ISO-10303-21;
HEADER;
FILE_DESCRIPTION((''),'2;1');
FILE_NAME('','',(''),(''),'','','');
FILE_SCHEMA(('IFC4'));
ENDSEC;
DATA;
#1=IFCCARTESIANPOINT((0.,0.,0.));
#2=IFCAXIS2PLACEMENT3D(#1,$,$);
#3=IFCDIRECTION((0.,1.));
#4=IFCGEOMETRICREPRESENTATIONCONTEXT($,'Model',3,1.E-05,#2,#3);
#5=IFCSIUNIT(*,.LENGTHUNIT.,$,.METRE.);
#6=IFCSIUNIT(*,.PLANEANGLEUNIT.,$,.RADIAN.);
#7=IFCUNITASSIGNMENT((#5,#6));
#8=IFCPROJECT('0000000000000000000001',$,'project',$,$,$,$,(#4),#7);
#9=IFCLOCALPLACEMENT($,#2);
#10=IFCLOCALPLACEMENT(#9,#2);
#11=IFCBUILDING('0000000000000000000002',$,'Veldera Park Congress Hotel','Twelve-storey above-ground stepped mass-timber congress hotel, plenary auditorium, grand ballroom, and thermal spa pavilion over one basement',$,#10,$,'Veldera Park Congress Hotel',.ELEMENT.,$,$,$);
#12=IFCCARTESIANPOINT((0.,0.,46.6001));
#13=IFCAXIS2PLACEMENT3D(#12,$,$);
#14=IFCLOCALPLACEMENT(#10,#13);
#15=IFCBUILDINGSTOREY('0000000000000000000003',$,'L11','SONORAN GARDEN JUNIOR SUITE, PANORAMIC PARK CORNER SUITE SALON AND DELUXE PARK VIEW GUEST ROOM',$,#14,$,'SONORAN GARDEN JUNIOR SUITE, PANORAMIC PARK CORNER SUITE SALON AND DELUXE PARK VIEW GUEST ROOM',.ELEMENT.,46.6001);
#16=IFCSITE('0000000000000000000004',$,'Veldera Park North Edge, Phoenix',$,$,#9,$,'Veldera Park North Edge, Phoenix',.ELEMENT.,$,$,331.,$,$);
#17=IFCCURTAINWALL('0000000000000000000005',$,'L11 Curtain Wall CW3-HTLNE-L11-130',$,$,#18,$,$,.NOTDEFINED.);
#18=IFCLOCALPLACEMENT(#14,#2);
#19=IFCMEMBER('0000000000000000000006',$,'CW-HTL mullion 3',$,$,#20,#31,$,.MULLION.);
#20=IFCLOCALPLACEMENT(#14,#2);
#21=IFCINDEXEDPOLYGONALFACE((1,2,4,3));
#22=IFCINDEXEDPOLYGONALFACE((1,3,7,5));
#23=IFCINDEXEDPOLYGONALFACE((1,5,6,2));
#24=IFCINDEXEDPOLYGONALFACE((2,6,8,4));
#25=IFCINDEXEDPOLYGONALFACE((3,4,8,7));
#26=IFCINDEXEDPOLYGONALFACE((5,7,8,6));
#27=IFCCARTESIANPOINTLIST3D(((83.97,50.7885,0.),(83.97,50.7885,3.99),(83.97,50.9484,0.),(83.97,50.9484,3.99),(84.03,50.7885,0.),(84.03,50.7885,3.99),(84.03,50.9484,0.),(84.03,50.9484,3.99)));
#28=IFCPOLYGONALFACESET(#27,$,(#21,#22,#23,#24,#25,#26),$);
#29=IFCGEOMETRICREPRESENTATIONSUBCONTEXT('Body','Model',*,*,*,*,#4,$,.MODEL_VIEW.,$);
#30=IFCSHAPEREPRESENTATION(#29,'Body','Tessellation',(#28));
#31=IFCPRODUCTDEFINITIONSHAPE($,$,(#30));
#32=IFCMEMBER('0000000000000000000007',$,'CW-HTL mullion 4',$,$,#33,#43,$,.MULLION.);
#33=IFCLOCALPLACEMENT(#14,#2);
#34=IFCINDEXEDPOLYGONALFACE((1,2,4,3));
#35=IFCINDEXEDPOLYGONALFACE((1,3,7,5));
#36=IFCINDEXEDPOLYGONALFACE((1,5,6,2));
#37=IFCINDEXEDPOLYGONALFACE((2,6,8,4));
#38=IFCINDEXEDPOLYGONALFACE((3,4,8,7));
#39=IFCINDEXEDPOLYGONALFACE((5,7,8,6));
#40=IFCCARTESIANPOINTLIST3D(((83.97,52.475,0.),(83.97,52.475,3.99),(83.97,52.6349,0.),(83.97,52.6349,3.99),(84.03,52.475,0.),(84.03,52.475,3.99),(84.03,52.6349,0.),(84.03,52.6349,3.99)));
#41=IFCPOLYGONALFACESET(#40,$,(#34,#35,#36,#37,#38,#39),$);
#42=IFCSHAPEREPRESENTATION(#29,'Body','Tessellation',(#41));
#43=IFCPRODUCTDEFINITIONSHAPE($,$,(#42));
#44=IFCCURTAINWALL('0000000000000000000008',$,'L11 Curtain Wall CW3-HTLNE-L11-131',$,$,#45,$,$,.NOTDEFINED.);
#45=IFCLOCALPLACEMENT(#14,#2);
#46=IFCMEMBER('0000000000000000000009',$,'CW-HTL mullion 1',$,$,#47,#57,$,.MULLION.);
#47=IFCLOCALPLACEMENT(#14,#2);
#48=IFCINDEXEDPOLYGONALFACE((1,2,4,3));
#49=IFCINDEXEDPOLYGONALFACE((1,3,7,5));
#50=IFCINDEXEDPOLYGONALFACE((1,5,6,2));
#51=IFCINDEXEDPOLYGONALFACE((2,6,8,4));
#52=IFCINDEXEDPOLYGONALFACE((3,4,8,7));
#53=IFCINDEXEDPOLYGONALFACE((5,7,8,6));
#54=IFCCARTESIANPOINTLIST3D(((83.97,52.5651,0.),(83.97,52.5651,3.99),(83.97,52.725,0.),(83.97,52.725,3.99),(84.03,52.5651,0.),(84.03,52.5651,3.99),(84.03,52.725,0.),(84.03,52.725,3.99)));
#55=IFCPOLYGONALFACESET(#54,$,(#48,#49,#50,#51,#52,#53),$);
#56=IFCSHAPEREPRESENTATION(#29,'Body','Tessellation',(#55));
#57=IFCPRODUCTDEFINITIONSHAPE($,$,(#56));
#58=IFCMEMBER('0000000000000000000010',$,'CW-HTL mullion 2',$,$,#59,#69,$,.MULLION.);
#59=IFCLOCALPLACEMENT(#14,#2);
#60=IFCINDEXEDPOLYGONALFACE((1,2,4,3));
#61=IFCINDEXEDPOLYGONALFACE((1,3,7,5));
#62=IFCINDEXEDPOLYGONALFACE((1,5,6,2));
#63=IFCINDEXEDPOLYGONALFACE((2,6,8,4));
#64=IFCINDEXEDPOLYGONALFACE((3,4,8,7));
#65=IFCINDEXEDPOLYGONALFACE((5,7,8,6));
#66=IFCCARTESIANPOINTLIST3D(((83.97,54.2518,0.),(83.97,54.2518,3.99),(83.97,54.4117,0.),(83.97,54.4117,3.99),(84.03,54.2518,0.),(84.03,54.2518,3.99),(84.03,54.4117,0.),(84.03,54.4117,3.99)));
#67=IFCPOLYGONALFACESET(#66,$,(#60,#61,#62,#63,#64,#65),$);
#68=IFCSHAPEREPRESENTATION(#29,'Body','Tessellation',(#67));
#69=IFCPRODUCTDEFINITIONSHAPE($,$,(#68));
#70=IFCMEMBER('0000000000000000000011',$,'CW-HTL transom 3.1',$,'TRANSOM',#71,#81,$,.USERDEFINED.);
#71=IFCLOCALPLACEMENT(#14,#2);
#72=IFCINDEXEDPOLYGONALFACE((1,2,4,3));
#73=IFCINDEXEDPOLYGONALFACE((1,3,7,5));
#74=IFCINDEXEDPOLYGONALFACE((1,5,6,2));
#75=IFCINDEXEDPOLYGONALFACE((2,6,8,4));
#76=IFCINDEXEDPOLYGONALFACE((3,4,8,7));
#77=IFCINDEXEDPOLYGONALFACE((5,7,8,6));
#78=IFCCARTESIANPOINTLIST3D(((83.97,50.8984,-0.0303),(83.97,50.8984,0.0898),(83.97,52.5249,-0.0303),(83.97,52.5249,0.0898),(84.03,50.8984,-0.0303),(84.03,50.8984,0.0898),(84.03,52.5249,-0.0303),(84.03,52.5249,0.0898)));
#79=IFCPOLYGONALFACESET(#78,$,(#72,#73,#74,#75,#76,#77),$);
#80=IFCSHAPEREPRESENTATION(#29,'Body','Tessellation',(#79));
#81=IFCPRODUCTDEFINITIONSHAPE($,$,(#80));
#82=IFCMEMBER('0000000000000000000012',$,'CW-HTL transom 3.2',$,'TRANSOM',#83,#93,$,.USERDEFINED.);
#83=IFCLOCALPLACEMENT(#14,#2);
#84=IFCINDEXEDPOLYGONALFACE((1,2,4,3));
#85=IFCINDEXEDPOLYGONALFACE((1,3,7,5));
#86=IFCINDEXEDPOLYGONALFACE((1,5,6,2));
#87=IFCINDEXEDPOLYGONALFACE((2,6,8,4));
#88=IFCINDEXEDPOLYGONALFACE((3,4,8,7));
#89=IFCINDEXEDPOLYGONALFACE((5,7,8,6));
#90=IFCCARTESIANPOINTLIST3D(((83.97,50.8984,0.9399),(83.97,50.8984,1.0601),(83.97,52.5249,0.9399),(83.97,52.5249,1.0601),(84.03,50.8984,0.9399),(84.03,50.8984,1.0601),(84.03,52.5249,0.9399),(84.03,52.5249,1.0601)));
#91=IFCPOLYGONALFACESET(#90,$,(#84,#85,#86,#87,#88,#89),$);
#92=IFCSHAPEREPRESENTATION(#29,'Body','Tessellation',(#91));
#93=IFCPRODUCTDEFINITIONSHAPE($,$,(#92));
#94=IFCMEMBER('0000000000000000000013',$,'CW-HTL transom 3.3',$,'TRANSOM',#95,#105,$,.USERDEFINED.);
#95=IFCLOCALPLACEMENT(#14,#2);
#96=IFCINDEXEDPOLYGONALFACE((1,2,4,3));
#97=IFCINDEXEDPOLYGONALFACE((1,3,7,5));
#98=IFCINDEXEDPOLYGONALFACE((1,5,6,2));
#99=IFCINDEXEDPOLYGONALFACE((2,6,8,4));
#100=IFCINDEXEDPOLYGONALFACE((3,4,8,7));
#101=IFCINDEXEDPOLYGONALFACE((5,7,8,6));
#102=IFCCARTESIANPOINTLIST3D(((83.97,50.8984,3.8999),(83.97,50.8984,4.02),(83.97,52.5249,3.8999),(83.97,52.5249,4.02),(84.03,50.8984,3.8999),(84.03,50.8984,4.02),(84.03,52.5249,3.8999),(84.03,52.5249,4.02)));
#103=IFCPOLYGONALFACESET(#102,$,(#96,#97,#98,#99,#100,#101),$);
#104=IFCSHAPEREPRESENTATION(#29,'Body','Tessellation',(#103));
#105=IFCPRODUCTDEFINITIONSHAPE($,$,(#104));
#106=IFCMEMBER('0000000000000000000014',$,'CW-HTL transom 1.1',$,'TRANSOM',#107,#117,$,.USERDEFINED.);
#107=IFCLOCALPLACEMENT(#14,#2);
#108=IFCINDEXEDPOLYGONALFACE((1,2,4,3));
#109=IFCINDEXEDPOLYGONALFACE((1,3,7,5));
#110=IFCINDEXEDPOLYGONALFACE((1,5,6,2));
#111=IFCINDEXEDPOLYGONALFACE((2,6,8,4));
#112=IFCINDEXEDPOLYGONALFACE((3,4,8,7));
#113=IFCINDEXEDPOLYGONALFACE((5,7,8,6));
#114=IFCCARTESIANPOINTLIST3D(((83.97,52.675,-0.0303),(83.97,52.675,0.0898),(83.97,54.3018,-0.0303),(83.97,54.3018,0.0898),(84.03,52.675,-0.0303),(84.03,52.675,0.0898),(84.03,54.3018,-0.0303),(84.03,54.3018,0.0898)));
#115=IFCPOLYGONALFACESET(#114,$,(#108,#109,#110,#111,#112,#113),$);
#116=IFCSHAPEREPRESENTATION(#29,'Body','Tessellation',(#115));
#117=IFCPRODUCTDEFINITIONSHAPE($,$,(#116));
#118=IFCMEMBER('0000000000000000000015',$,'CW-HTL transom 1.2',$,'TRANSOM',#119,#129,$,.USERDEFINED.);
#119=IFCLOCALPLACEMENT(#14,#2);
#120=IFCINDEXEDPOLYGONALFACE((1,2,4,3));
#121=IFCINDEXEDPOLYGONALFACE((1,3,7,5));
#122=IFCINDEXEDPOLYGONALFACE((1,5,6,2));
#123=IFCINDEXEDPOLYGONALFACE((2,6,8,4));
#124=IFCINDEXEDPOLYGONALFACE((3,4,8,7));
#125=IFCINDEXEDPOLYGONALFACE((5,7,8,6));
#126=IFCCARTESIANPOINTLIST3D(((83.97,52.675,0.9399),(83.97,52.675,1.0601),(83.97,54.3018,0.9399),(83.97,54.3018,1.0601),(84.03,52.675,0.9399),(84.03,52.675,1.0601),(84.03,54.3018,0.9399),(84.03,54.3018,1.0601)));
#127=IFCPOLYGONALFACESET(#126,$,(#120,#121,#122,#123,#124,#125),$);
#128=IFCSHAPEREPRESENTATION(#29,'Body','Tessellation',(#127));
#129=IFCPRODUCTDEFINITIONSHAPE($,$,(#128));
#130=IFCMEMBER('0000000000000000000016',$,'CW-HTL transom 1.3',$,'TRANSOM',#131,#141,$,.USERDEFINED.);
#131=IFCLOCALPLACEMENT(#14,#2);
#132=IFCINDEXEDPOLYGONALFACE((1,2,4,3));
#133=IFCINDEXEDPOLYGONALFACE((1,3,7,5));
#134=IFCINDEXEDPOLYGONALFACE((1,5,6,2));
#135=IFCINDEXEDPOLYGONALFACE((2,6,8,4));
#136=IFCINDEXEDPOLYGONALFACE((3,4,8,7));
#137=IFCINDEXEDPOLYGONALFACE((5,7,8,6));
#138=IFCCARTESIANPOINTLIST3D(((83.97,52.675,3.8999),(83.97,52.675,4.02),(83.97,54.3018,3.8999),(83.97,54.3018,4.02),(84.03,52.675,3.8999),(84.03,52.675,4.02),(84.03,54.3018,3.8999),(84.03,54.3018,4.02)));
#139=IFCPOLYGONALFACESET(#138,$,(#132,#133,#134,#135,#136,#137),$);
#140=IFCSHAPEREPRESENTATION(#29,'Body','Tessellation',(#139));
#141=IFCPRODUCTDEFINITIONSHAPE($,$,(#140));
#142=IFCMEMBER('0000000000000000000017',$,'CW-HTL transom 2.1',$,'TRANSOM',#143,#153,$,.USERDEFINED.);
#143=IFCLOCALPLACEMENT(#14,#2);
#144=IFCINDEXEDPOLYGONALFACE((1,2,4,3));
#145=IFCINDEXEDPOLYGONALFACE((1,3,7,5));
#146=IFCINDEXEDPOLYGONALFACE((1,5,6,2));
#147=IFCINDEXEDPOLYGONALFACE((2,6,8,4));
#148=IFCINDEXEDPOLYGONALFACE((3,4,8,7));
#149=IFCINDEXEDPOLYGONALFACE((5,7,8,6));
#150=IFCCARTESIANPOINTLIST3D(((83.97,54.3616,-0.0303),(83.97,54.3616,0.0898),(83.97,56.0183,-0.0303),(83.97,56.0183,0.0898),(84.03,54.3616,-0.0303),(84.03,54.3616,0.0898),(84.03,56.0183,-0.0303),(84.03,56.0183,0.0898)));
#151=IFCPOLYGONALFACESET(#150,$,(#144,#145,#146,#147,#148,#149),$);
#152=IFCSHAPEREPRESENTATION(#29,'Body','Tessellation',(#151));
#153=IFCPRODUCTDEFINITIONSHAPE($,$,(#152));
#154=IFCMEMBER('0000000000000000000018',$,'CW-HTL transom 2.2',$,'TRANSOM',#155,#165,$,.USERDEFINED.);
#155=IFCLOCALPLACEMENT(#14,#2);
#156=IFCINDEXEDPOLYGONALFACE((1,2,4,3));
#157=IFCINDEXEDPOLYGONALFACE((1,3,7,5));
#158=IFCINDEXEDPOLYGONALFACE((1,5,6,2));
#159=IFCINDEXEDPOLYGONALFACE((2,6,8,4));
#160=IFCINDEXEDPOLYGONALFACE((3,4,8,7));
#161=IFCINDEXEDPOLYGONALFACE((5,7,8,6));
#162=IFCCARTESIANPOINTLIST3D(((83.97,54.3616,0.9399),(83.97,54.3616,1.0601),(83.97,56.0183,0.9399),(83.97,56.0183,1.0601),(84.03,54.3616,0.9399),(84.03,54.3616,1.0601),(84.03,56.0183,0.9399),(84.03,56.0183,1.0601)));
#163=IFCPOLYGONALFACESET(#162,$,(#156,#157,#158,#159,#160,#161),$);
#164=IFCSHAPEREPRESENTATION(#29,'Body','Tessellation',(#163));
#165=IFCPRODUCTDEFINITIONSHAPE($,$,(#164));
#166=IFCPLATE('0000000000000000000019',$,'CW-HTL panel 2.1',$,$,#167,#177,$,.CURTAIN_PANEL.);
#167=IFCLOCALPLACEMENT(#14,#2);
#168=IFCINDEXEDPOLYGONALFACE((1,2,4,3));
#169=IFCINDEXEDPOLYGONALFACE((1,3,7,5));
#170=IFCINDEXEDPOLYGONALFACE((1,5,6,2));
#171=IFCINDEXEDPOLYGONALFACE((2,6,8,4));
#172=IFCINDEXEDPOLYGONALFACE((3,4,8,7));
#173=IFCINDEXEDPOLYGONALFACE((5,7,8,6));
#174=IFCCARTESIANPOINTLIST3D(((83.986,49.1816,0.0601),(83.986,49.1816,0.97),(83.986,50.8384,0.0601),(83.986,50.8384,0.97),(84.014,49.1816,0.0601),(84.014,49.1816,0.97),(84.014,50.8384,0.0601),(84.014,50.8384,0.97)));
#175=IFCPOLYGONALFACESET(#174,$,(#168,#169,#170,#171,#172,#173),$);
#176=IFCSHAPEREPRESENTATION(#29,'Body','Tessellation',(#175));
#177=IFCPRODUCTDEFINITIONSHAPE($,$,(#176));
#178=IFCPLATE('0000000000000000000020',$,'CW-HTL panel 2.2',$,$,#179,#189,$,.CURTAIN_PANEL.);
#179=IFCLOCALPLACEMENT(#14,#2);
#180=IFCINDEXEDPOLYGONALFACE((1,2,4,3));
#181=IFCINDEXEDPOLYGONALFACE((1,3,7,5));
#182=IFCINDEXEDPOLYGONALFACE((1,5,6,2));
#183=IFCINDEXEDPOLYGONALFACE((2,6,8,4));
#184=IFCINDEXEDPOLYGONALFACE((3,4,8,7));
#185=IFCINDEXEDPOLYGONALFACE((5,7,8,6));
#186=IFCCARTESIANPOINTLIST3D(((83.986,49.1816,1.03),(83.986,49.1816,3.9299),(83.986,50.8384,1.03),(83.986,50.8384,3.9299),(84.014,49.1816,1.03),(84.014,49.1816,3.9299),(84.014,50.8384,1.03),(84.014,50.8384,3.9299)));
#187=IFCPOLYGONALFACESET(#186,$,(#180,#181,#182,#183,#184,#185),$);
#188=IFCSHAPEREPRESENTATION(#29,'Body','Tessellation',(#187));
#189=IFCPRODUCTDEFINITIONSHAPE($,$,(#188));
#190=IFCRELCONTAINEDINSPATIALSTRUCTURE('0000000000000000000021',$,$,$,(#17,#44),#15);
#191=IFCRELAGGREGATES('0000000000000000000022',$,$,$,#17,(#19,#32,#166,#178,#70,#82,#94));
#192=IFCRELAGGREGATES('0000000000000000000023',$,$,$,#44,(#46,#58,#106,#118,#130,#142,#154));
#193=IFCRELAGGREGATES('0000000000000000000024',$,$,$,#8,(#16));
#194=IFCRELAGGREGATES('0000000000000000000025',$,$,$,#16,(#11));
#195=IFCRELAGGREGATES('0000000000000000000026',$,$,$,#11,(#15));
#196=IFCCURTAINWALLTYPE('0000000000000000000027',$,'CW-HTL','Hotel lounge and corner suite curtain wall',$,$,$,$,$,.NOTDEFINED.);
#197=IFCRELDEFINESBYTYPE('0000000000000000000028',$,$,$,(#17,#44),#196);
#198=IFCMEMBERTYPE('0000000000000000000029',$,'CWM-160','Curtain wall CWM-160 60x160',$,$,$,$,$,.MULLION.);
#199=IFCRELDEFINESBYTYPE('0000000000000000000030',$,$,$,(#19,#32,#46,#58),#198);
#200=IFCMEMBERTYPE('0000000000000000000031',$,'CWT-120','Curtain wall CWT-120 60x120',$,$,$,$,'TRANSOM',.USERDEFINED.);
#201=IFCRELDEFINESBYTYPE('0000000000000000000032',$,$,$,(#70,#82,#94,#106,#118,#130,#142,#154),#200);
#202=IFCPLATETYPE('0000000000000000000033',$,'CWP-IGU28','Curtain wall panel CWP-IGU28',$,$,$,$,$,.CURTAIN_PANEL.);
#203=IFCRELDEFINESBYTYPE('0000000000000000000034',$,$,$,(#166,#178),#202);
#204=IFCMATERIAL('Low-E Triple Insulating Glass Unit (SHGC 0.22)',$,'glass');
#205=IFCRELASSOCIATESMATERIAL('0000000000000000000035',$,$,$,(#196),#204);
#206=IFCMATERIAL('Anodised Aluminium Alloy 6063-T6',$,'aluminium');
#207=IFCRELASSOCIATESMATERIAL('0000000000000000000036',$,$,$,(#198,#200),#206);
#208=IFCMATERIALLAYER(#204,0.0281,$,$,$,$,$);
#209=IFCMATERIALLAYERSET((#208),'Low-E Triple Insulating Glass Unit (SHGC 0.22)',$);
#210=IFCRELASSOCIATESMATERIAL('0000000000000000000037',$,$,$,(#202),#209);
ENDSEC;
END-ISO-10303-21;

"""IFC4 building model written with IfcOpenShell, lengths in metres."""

from ifc_helpers import new_model, si_unit, direction, frame, origin, origin_2d, place, context, subcontext, project, spatial, rectangle, extrude, material, layer, layer_set, material_profile, profile_set, type_object, element, aggregate, save


model = new_model("IFC4")

# Units and contexts
model_context = context("Model", 3, precision=1e-05, world=origin(), true_north=direction((0.0, 1.0)))
body_context = subcontext(model_context, "Body", "Model", "MODEL_VIEW")
ifc_project = project(units=[si_unit("LENGTHUNIT", "METRE"), si_unit("PLANEANGLEUNIT", "RADIAN")], contexts=[model_context])

# Site, building, storey
site_placement = place(None, origin())
site = spatial("IfcSite", under=ifc_project, at=site_placement, Name="Veldera Park North Edge, Phoenix", LongName="Veldera Park North Edge, Phoenix", CompositionType="ELEMENT", RefElevation=331.0)
building_placement = place(site_placement, origin())
building = spatial("IfcBuilding", under=site, at=building_placement, Name="Veldera Park Congress Hotel", Description="Twelve-storey above-ground stepped mass-timber congress hotel, plenary auditorium, grand ballroom, and thermal spa pavilion over one basement", LongName="Veldera Park Congress Hotel", CompositionType="ELEMENT")
storey_placement = place(building_placement, frame((0.0, 0.0, 46.6001)))
storey = spatial("IfcBuildingStorey", under=building, at=storey_placement, Name="L11", Description="SONORAN GARDEN JUNIOR SUITE, PANORAMIC PARK CORNER SUITE SALON AND DELUXE PARK VIEW GUEST ROOM", LongName="SONORAN GARDEN JUNIOR SUITE, PANORAMIC PARK CORNER SUITE SALON AND DELUXE PARK VIEW GUEST ROOM", CompositionType="ELEMENT", Elevation=46.6001)

# Curtain walls, members
ifc_material_1 = material(Name="Low-E Triple Insulating Glass Unit (SHGC 0.22)", Category="glass")
curtain_wall_type = type_object("IfcCurtainWallType", Name="CW-HTL", Description="Hotel lounge and corner suite curtain wall", PredefinedType="NOTDEFINED", material=ifc_material_1)
curtain_wall_1_placement = place(storey_placement, origin())
curtain_wall_1 = element("IfcCurtainWall", 1, at=curtain_wall_1_placement, inside=storey, type_object=curtain_wall_type, Name="L11 Curtain Wall CW3-HTLNE-L11-130", PredefinedType="NOTDEFINED")
ifc_material_2 = material(Name="Anodised Aluminium Alloy 6063-T6", Category="aluminium")
ifc_material_profile_1 = material_profile(ifc_material_2, rectangle(XDim=0.0601, YDim=0.1599, at=origin_2d()), Name="ALU 60x160")
ifc_profile_set_1 = profile_set([ifc_material_profile_1], Name="Anodised Aluminium Alloy 6063-T6")
member_type_1 = type_object("IfcMemberType", Name="CWM-160", Description="Curtain wall CWM-160 60x160", PredefinedType="MULLION", material=ifc_profile_set_1)
member_1_placement = place(storey_placement, frame((84.0, 50.8684, 0.0), z_axis=(0.0, 0.0, 1.0), x_axis=(-1.0, 0.0, 0.0)))
member_1 = element("IfcMember", 2, at=member_1_placement, type_object=member_type_1, Name="CW-HTL mullion 3", PredefinedType="MULLION", context=body_context, shape_type="SweptSolid", body=[
    extrude(rectangle(XDim=0.0601, YDim=0.1599, at=origin_2d()), origin(), (0.0, 0.0, 1.0), 3.99),
])
member_2_placement = place(storey_placement, frame((84.0, 52.5549, 0.0), z_axis=(0.0, 0.0, 1.0), x_axis=(-1.0, 0.0, 0.0)))
member_2 = element("IfcMember", 3, at=member_2_placement, type_object=member_type_1, Name="CW-HTL mullion 4", PredefinedType="MULLION", context=body_context, shape_type="SweptSolid", body=[
    extrude(rectangle(XDim=0.0601, YDim=0.1599, at=origin_2d()), origin(), (0.0, 0.0, 1.0), 3.99),
])
curtain_wall_2_placement = place(storey_placement, origin())
curtain_wall_2 = element("IfcCurtainWall", 4, at=curtain_wall_2_placement, inside=storey, type_object=curtain_wall_type, Name="L11 Curtain Wall CW3-HTLNE-L11-131", PredefinedType="NOTDEFINED")
member_3_placement = place(storey_placement, frame((84.0, 52.645, 0.0), z_axis=(0.0, 0.0, 1.0), x_axis=(-1.0, 0.0, 0.0)))
member_3 = element("IfcMember", 5, at=member_3_placement, type_object=member_type_1, Name="CW-HTL mullion 1", PredefinedType="MULLION", context=body_context, shape_type="SweptSolid", body=[
    extrude(rectangle(XDim=0.0601, YDim=0.1599, at=origin_2d()), origin(), (0.0, 0.0, 1.0), 3.99),
])
member_4_placement = place(storey_placement, frame((84.0, 54.3318, 0.0), z_axis=(0.0, 0.0, 1.0), x_axis=(-1.0, 0.0, 0.0)))
member_4 = element("IfcMember", 6, at=member_4_placement, type_object=member_type_1, Name="CW-HTL mullion 2", PredefinedType="MULLION", context=body_context, shape_type="SweptSolid", body=[
    extrude(rectangle(XDim=0.0601, YDim=0.1599, at=origin_2d()), origin(), (0.0, 0.0, 1.0), 3.99),
])

# Members
ifc_material_profile_2 = material_profile(ifc_material_2, rectangle(XDim=0.0601, YDim=0.1201, at=origin_2d()), Name="ALU 60x120")
ifc_profile_set_2 = profile_set([ifc_material_profile_2], Name="Anodised Aluminium Alloy 6063-T6")
member_type_2 = type_object("IfcMemberType", Name="CWT-120", Description="Curtain wall CWT-120 60x120", ElementType="TRANSOM", PredefinedType="USERDEFINED", material=ifc_profile_set_2)
member_5_placement = place(storey_placement, frame((84.0, 50.8984, 0.0298), z_axis=(0.0, 1.0, 0.0), x_axis=(-1.0, 0.0, 0.0)))
member_5 = element("IfcMember", 7, at=member_5_placement, type_object=member_type_2, Name="CW-HTL transom 3.1", ObjectType="TRANSOM", PredefinedType="USERDEFINED", context=body_context, shape_type="SweptSolid", body=[
    extrude(rectangle(XDim=0.0601, YDim=0.1201, at=origin_2d()), origin(), (0.0, 0.0, 1.0), 1.6265),
])
member_6_placement = place(storey_placement, frame((84.0, 50.8984, 1.0), z_axis=(0.0, 1.0, 0.0), x_axis=(-1.0, 0.0, 0.0)))
member_6 = element("IfcMember", 8, at=member_6_placement, type_object=member_type_2, Name="CW-HTL transom 3.2", ObjectType="TRANSOM", PredefinedType="USERDEFINED", context=body_context, shape_type="SweptSolid", body=[
    extrude(rectangle(XDim=0.0601, YDim=0.1201, at=origin_2d()), origin(), (0.0, 0.0, 1.0), 1.6265),
])
member_7_placement = place(storey_placement, frame((84.0, 50.8984, 3.96), z_axis=(0.0, 1.0, 0.0), x_axis=(-1.0, 0.0, 0.0)))
member_7 = element("IfcMember", 9, at=member_7_placement, type_object=member_type_2, Name="CW-HTL transom 3.3", ObjectType="TRANSOM", PredefinedType="USERDEFINED", context=body_context, shape_type="SweptSolid", body=[
    extrude(rectangle(XDim=0.0601, YDim=0.1201, at=origin_2d()), origin(), (0.0, 0.0, 1.0), 1.6265),
])
member_8_placement = place(storey_placement, frame((84.0, 52.675, 0.0298), z_axis=(0.0, 1.0, 0.0), x_axis=(-1.0, 0.0, 0.0)))
member_8 = element("IfcMember", 10, at=member_8_placement, type_object=member_type_2, Name="CW-HTL transom 1.1", ObjectType="TRANSOM", PredefinedType="USERDEFINED", context=body_context, shape_type="SweptSolid", body=[
    extrude(rectangle(XDim=0.0601, YDim=0.1201, at=origin_2d()), origin(), (0.0, 0.0, 1.0), 1.6267),
])
member_9_placement = place(storey_placement, frame((84.0, 52.675, 1.0), z_axis=(0.0, 1.0, 0.0), x_axis=(-1.0, 0.0, 0.0)))
member_9 = element("IfcMember", 11, at=member_9_placement, type_object=member_type_2, Name="CW-HTL transom 1.2", ObjectType="TRANSOM", PredefinedType="USERDEFINED", context=body_context, shape_type="SweptSolid", body=[
    extrude(rectangle(XDim=0.0601, YDim=0.1201, at=origin_2d()), origin(), (0.0, 0.0, 1.0), 1.6267),
])
member_10_placement = place(storey_placement, frame((84.0, 52.675, 3.96), z_axis=(0.0, 1.0, 0.0), x_axis=(-1.0, 0.0, 0.0)))
member_10 = element("IfcMember", 12, at=member_10_placement, type_object=member_type_2, Name="CW-HTL transom 1.3", ObjectType="TRANSOM", PredefinedType="USERDEFINED", context=body_context, shape_type="SweptSolid", body=[
    extrude(rectangle(XDim=0.0601, YDim=0.1201, at=origin_2d()), origin(), (0.0, 0.0, 1.0), 1.6267),
])
member_11_placement = place(storey_placement, frame((84.0, 54.3616, 0.0298), z_axis=(0.0, 1.0, 0.0), x_axis=(-1.0, 0.0, 0.0)))
member_11 = element("IfcMember", 13, at=member_11_placement, type_object=member_type_2, Name="CW-HTL transom 2.1", ObjectType="TRANSOM", PredefinedType="USERDEFINED", context=body_context, shape_type="SweptSolid", body=[
    extrude(rectangle(XDim=0.0601, YDim=0.1201, at=origin_2d()), origin(), (0.0, 0.0, 1.0), 1.6567),
])
member_12_placement = place(storey_placement, frame((84.0, 54.3616, 1.0), z_axis=(0.0, 1.0, 0.0), x_axis=(-1.0, 0.0, 0.0)))
member_12 = element("IfcMember", 14, at=member_12_placement, type_object=member_type_2, Name="CW-HTL transom 2.2", ObjectType="TRANSOM", PredefinedType="USERDEFINED", context=body_context, shape_type="SweptSolid", body=[
    extrude(rectangle(XDim=0.0601, YDim=0.1201, at=origin_2d()), origin(), (0.0, 0.0, 1.0), 1.6567),
])

# Plates
ifc_layer_1 = layer(ifc_material_1, 0.0281)
ifc_layer_set_1 = layer_set([ifc_layer_1], Name="Low-E Triple Insulating Glass Unit (SHGC 0.22)")
plate_type = type_object("IfcPlateType", Name="CWP-IGU28", Description="Curtain wall panel CWP-IGU28", PredefinedType="CURTAIN_PANEL", material=ifc_layer_set_1)
plate_1_placement = place(storey_placement, frame((84.0, 50.01, 0.0601), z_axis=(0.0, 0.0, 1.0), x_axis=(0.0, 1.0, 0.0)))
plate_1 = element("IfcPlate", 15, at=plate_1_placement, type_object=plate_type, Name="CW-HTL panel 2.1", PredefinedType="CURTAIN_PANEL", context=body_context, shape_type="SweptSolid", body=[
    extrude(rectangle(XDim=1.6567, YDim=0.0281, at=origin_2d()), origin(), (0.0, 0.0, 1.0), 0.9099),
])
plate_2_placement = place(storey_placement, frame((84.0, 50.01, 1.03), z_axis=(0.0, 0.0, 1.0), x_axis=(0.0, 1.0, 0.0)))
plate_2 = element("IfcPlate", 16, at=plate_2_placement, type_object=plate_type, Name="CW-HTL panel 2.2", PredefinedType="CURTAIN_PANEL", context=body_context, shape_type="SweptSolid", body=[
    extrude(rectangle(XDim=1.6567, YDim=0.0281, at=origin_2d()), origin(), (0.0, 0.0, 1.0), 2.8999),
])
aggregate(curtain_wall_1, [member_1, member_2, plate_1, plate_2, member_5, member_6, member_7])
aggregate(curtain_wall_2, [member_3, member_4, member_8, member_9, member_10, member_11, member_12])

save(model, "model.ifc")
